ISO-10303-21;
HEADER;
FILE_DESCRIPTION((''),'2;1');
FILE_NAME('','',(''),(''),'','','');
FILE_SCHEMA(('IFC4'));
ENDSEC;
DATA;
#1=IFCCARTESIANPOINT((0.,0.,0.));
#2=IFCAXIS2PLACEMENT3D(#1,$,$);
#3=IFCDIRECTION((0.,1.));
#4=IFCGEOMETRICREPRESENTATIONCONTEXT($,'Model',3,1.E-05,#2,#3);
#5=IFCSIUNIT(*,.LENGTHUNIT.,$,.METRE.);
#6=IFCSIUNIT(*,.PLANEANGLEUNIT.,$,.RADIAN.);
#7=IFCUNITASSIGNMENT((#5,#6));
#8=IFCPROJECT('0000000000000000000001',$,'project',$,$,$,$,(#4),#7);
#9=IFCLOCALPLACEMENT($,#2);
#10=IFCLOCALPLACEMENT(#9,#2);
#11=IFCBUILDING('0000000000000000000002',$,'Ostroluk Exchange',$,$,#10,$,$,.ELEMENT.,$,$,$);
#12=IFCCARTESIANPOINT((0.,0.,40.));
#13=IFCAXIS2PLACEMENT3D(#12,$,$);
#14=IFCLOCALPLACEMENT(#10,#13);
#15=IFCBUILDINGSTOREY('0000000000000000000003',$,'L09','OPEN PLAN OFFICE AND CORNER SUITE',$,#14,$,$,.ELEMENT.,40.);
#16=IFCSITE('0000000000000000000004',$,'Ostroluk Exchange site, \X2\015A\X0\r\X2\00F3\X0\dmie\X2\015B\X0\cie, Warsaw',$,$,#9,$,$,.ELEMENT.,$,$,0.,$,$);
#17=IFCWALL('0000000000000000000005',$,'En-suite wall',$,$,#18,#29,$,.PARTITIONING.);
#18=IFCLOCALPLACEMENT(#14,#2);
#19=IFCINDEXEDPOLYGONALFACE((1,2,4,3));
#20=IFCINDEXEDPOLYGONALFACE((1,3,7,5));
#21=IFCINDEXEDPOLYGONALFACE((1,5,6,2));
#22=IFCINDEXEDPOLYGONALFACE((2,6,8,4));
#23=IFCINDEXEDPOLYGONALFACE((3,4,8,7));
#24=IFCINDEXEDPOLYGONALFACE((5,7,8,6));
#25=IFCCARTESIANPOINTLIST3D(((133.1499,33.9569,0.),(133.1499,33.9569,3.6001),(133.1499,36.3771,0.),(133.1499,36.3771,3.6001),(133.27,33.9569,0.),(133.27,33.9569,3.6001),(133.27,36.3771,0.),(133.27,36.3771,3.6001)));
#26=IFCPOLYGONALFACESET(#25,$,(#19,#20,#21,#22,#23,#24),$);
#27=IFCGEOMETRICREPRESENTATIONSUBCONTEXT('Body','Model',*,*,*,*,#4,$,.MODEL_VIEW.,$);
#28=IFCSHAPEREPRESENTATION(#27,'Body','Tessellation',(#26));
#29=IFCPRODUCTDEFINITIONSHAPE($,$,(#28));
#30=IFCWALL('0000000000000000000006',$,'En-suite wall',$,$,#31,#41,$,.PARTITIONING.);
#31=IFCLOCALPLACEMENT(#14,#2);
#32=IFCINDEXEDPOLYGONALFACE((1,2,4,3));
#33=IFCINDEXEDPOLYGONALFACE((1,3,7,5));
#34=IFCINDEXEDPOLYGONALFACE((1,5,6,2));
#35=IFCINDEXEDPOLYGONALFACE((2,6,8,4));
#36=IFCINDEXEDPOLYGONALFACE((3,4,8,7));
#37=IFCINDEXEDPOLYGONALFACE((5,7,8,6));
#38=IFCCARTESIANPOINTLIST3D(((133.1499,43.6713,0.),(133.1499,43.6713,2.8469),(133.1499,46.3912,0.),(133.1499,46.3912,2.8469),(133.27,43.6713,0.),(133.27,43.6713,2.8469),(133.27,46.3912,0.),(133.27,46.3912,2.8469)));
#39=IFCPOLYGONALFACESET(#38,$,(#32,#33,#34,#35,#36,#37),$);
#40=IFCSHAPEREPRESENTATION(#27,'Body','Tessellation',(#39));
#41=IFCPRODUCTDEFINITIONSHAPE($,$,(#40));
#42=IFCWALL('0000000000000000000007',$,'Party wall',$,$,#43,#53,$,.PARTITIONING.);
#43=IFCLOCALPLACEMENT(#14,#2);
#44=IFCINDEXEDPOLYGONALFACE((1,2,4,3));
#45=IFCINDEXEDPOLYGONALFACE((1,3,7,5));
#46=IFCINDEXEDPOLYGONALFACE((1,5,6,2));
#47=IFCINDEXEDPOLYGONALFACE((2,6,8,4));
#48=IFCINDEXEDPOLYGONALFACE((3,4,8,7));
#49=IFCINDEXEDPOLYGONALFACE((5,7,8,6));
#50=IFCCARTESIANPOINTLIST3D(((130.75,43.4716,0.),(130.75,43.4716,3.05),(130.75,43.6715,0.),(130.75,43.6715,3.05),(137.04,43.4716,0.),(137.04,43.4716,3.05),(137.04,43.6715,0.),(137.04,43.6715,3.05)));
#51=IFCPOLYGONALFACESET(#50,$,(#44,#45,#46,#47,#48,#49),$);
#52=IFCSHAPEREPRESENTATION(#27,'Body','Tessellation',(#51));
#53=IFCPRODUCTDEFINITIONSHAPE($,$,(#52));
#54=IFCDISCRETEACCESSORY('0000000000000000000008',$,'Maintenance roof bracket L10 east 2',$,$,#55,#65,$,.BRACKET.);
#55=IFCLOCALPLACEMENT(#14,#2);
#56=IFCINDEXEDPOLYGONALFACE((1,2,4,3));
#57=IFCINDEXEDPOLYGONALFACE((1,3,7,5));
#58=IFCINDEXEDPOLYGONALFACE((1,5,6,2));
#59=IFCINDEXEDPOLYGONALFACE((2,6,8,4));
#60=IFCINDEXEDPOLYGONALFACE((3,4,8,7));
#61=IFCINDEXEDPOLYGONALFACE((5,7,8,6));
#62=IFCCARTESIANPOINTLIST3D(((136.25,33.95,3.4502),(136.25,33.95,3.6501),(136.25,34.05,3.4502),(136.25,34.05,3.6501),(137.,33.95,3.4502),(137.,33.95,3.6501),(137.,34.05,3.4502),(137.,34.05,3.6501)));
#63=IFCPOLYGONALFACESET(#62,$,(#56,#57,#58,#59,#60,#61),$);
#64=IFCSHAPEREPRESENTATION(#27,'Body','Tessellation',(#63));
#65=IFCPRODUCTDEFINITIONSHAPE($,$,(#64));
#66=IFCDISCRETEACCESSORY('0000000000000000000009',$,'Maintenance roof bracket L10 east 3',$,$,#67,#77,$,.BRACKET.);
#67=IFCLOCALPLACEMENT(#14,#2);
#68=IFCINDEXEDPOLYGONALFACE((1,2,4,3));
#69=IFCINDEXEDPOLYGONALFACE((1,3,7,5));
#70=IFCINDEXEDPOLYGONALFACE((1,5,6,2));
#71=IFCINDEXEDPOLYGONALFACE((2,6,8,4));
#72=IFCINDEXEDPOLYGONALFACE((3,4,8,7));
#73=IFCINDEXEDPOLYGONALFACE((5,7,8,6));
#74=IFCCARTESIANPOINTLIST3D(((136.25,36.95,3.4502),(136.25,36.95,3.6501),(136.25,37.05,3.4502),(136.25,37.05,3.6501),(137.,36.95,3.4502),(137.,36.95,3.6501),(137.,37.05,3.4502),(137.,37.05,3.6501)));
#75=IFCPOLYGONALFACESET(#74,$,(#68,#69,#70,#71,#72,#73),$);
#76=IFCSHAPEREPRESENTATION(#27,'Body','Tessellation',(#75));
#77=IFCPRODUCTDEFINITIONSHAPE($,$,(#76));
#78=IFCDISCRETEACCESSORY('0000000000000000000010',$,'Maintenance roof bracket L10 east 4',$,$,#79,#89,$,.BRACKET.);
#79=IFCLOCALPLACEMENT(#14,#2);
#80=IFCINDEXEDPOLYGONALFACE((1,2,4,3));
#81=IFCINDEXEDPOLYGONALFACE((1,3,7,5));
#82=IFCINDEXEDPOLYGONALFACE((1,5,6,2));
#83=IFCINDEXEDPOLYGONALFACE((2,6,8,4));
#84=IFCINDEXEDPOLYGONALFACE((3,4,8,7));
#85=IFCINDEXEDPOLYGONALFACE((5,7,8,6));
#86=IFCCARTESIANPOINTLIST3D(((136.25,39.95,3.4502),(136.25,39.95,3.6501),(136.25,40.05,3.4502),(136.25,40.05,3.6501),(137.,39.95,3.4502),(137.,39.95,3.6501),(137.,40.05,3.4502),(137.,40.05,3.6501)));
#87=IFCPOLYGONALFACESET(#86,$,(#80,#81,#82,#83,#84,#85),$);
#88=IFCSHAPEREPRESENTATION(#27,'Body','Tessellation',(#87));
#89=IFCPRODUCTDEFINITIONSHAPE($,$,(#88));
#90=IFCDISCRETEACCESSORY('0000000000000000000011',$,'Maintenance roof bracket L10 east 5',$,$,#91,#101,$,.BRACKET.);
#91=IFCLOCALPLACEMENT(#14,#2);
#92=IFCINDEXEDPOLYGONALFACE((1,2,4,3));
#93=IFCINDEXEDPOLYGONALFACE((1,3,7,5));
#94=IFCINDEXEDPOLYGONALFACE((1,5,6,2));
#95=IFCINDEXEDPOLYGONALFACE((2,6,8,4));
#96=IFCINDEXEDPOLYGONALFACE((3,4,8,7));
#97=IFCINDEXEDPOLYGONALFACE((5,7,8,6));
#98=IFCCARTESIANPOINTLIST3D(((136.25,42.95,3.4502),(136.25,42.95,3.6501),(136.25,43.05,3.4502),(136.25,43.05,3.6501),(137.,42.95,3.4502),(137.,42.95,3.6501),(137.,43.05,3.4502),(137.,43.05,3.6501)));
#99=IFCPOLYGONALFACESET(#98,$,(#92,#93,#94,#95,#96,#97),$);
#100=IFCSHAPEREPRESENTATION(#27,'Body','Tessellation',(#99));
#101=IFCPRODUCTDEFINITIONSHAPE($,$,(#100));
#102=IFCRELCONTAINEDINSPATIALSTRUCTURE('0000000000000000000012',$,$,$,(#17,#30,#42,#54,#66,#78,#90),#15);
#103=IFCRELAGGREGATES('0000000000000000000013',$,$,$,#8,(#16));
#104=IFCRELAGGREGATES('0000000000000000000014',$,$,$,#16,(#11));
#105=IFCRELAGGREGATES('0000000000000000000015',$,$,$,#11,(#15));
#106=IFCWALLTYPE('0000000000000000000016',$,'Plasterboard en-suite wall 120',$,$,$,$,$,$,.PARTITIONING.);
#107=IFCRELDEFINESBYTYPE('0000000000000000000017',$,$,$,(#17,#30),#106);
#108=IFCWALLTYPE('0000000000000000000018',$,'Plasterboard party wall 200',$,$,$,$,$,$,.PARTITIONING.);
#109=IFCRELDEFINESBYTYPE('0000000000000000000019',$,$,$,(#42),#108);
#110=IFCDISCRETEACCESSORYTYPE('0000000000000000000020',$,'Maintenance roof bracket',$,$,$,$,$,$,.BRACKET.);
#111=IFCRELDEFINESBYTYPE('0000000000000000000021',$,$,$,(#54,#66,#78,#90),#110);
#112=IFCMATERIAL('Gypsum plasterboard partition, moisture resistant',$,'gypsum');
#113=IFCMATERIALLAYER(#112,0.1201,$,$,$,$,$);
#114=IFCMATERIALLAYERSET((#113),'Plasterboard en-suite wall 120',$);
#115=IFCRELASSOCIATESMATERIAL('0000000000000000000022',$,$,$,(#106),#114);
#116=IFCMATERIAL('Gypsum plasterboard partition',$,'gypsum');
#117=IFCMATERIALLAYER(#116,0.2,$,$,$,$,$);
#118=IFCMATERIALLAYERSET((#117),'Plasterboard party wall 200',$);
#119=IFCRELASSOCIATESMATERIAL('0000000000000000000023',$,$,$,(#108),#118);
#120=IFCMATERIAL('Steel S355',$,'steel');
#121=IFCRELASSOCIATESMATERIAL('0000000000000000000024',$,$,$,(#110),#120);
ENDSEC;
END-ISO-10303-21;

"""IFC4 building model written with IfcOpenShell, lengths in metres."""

from ifc_helpers import new_model, si_unit, direction, frame, frame_2d, origin, origin_2d, place, context, subcontext, project, spatial, rectangle, extrude, material, layer, layer_set, type_object, element, save


model = new_model("IFC4")

# Units and contexts
model_context = context("Model", 3, precision=1e-05, world=origin(), true_north=direction((0.0, 1.0)))
body_context = subcontext(model_context, "Body", "Model", "MODEL_VIEW")
ifc_project = project(units=[si_unit("LENGTHUNIT", "METRE"), si_unit("PLANEANGLEUNIT", "RADIAN")], contexts=[model_context])

# Site, building, storey
site_placement = place(None, origin())
site = spatial("IfcSite", under=ifc_project, at=site_placement, Name="Ostroluk Exchange site, Śródmieście, Warsaw", CompositionType="ELEMENT", RefElevation=0.0)
building_placement = place(site_placement, origin())
building = spatial("IfcBuilding", under=site, at=building_placement, Name="Ostroluk Exchange", CompositionType="ELEMENT")
storey_placement = place(building_placement, frame((0.0, 0.0, 40.0)))
storey = spatial("IfcBuildingStorey", under=building, at=storey_placement, Name="L09", Description="OPEN PLAN OFFICE AND CORNER SUITE", CompositionType="ELEMENT", Elevation=40.0)

# Shared definitions
ifc_material_1 = material(Name="Gypsum plasterboard partition, moisture resistant", Category="gypsum")
ifc_layer_1 = layer(ifc_material_1, 0.1201)
ifc_layer_set_1 = layer_set([ifc_layer_1], Name="Plasterboard en-suite wall 120")
wall_type_1 = type_object("IfcWallType", Name="Plasterboard en-suite wall 120", PredefinedType="PARTITIONING", material=ifc_layer_set_1)

# Walls
wall_1_placement = place(storey_placement, frame((133.21, 33.957, 0.0), z_axis=(0.0, 0.0, 1.0), x_axis=(0.0, 1.0, 0.0)))
element("IfcWall", 1, at=wall_1_placement, inside=storey, type_object=wall_type_1, Name="En-suite wall", PredefinedType="PARTITIONING", context=body_context, shape_type="SweptSolid", body=[
    extrude(rectangle(XDim=2.4202, YDim=0.1201, at=frame_2d((1.21, 0.0))), origin(), (0.0, 0.0, 1.0), 3.6001),
])
wall_2_placement = place(storey_placement, frame((133.21, 43.6714, 0.0), z_axis=(0.0, 0.0, 1.0), x_axis=(0.0, 1.0, 0.0)))
element("IfcWall", 2, at=wall_2_placement, inside=storey, type_object=wall_type_1, Name="En-suite wall", PredefinedType="PARTITIONING", context=body_context, shape_type="SweptSolid", body=[
    extrude(rectangle(XDim=2.72, YDim=0.1201, at=frame_2d((1.3599, 0.0))), origin(), (0.0, 0.0, 1.0), 2.8469),
])
ifc_material_2 = material(Name="Gypsum plasterboard partition", Category="gypsum")
ifc_layer_2 = layer(ifc_material_2, 0.2)
ifc_layer_set_2 = layer_set([ifc_layer_2], Name="Plasterboard party wall 200")
wall_type_2 = type_object("IfcWallType", Name="Plasterboard party wall 200", PredefinedType="PARTITIONING", material=ifc_layer_set_2)
wall_3_placement = place(storey_placement, frame((130.75, 43.5715, 0.0), z_axis=(0.0, 0.0, 1.0), x_axis=(1.0, 0.0, 0.0)))
element("IfcWall", 3, at=wall_3_placement, inside=storey, type_object=wall_type_2, Name="Party wall", PredefinedType="PARTITIONING", context=body_context, shape_type="SweptSolid", body=[
    extrude(rectangle(XDim=6.29, YDim=0.2, at=frame_2d((3.145, 0.0))), origin(), (0.0, 0.0, 1.0), 3.05),
])

# Discrete accessories
ifc_material_3 = material(Name="Steel S355", Category="steel")
discrete_accessory_type = type_object("IfcDiscreteAccessoryType", Name="Maintenance roof bracket", PredefinedType="BRACKET", material=ifc_material_3)
for number, where, z_axis, x_axis, name in (
    (4, (136.625, 34.0, 3.4502), (0.0, 0.0, 1.0), (1.0, 0.0, 0.0), "Maintenance roof bracket L10 east 2"),
    (5, (136.625, 37.0, 3.4502), (0.0, 0.0, 1.0), (1.0, 0.0, 0.0), "Maintenance roof bracket L10 east 3"),
    (6, (136.625, 40.0, 3.4502), (0.0, 0.0, 1.0), (1.0, 0.0, 0.0), "Maintenance roof bracket L10 east 4"),
    (7, (136.625, 43.0, 3.4502), (0.0, 0.0, 1.0), (1.0, 0.0, 0.0), "Maintenance roof bracket L10 east 5"),
):
    element("IfcDiscreteAccessory", number, at=place(storey_placement, frame(where, z_axis=z_axis, x_axis=x_axis)), inside=storey, type_object=discrete_accessory_type, Name=name, PredefinedType="BRACKET", context=body_context, shape_type="SweptSolid", body=[
        extrude(rectangle(XDim=0.75, YDim=0.1001, at=origin_2d()), origin(), (0.0, 0.0, 1.0), 0.2),
    ])

save(model, "model.ifc")
